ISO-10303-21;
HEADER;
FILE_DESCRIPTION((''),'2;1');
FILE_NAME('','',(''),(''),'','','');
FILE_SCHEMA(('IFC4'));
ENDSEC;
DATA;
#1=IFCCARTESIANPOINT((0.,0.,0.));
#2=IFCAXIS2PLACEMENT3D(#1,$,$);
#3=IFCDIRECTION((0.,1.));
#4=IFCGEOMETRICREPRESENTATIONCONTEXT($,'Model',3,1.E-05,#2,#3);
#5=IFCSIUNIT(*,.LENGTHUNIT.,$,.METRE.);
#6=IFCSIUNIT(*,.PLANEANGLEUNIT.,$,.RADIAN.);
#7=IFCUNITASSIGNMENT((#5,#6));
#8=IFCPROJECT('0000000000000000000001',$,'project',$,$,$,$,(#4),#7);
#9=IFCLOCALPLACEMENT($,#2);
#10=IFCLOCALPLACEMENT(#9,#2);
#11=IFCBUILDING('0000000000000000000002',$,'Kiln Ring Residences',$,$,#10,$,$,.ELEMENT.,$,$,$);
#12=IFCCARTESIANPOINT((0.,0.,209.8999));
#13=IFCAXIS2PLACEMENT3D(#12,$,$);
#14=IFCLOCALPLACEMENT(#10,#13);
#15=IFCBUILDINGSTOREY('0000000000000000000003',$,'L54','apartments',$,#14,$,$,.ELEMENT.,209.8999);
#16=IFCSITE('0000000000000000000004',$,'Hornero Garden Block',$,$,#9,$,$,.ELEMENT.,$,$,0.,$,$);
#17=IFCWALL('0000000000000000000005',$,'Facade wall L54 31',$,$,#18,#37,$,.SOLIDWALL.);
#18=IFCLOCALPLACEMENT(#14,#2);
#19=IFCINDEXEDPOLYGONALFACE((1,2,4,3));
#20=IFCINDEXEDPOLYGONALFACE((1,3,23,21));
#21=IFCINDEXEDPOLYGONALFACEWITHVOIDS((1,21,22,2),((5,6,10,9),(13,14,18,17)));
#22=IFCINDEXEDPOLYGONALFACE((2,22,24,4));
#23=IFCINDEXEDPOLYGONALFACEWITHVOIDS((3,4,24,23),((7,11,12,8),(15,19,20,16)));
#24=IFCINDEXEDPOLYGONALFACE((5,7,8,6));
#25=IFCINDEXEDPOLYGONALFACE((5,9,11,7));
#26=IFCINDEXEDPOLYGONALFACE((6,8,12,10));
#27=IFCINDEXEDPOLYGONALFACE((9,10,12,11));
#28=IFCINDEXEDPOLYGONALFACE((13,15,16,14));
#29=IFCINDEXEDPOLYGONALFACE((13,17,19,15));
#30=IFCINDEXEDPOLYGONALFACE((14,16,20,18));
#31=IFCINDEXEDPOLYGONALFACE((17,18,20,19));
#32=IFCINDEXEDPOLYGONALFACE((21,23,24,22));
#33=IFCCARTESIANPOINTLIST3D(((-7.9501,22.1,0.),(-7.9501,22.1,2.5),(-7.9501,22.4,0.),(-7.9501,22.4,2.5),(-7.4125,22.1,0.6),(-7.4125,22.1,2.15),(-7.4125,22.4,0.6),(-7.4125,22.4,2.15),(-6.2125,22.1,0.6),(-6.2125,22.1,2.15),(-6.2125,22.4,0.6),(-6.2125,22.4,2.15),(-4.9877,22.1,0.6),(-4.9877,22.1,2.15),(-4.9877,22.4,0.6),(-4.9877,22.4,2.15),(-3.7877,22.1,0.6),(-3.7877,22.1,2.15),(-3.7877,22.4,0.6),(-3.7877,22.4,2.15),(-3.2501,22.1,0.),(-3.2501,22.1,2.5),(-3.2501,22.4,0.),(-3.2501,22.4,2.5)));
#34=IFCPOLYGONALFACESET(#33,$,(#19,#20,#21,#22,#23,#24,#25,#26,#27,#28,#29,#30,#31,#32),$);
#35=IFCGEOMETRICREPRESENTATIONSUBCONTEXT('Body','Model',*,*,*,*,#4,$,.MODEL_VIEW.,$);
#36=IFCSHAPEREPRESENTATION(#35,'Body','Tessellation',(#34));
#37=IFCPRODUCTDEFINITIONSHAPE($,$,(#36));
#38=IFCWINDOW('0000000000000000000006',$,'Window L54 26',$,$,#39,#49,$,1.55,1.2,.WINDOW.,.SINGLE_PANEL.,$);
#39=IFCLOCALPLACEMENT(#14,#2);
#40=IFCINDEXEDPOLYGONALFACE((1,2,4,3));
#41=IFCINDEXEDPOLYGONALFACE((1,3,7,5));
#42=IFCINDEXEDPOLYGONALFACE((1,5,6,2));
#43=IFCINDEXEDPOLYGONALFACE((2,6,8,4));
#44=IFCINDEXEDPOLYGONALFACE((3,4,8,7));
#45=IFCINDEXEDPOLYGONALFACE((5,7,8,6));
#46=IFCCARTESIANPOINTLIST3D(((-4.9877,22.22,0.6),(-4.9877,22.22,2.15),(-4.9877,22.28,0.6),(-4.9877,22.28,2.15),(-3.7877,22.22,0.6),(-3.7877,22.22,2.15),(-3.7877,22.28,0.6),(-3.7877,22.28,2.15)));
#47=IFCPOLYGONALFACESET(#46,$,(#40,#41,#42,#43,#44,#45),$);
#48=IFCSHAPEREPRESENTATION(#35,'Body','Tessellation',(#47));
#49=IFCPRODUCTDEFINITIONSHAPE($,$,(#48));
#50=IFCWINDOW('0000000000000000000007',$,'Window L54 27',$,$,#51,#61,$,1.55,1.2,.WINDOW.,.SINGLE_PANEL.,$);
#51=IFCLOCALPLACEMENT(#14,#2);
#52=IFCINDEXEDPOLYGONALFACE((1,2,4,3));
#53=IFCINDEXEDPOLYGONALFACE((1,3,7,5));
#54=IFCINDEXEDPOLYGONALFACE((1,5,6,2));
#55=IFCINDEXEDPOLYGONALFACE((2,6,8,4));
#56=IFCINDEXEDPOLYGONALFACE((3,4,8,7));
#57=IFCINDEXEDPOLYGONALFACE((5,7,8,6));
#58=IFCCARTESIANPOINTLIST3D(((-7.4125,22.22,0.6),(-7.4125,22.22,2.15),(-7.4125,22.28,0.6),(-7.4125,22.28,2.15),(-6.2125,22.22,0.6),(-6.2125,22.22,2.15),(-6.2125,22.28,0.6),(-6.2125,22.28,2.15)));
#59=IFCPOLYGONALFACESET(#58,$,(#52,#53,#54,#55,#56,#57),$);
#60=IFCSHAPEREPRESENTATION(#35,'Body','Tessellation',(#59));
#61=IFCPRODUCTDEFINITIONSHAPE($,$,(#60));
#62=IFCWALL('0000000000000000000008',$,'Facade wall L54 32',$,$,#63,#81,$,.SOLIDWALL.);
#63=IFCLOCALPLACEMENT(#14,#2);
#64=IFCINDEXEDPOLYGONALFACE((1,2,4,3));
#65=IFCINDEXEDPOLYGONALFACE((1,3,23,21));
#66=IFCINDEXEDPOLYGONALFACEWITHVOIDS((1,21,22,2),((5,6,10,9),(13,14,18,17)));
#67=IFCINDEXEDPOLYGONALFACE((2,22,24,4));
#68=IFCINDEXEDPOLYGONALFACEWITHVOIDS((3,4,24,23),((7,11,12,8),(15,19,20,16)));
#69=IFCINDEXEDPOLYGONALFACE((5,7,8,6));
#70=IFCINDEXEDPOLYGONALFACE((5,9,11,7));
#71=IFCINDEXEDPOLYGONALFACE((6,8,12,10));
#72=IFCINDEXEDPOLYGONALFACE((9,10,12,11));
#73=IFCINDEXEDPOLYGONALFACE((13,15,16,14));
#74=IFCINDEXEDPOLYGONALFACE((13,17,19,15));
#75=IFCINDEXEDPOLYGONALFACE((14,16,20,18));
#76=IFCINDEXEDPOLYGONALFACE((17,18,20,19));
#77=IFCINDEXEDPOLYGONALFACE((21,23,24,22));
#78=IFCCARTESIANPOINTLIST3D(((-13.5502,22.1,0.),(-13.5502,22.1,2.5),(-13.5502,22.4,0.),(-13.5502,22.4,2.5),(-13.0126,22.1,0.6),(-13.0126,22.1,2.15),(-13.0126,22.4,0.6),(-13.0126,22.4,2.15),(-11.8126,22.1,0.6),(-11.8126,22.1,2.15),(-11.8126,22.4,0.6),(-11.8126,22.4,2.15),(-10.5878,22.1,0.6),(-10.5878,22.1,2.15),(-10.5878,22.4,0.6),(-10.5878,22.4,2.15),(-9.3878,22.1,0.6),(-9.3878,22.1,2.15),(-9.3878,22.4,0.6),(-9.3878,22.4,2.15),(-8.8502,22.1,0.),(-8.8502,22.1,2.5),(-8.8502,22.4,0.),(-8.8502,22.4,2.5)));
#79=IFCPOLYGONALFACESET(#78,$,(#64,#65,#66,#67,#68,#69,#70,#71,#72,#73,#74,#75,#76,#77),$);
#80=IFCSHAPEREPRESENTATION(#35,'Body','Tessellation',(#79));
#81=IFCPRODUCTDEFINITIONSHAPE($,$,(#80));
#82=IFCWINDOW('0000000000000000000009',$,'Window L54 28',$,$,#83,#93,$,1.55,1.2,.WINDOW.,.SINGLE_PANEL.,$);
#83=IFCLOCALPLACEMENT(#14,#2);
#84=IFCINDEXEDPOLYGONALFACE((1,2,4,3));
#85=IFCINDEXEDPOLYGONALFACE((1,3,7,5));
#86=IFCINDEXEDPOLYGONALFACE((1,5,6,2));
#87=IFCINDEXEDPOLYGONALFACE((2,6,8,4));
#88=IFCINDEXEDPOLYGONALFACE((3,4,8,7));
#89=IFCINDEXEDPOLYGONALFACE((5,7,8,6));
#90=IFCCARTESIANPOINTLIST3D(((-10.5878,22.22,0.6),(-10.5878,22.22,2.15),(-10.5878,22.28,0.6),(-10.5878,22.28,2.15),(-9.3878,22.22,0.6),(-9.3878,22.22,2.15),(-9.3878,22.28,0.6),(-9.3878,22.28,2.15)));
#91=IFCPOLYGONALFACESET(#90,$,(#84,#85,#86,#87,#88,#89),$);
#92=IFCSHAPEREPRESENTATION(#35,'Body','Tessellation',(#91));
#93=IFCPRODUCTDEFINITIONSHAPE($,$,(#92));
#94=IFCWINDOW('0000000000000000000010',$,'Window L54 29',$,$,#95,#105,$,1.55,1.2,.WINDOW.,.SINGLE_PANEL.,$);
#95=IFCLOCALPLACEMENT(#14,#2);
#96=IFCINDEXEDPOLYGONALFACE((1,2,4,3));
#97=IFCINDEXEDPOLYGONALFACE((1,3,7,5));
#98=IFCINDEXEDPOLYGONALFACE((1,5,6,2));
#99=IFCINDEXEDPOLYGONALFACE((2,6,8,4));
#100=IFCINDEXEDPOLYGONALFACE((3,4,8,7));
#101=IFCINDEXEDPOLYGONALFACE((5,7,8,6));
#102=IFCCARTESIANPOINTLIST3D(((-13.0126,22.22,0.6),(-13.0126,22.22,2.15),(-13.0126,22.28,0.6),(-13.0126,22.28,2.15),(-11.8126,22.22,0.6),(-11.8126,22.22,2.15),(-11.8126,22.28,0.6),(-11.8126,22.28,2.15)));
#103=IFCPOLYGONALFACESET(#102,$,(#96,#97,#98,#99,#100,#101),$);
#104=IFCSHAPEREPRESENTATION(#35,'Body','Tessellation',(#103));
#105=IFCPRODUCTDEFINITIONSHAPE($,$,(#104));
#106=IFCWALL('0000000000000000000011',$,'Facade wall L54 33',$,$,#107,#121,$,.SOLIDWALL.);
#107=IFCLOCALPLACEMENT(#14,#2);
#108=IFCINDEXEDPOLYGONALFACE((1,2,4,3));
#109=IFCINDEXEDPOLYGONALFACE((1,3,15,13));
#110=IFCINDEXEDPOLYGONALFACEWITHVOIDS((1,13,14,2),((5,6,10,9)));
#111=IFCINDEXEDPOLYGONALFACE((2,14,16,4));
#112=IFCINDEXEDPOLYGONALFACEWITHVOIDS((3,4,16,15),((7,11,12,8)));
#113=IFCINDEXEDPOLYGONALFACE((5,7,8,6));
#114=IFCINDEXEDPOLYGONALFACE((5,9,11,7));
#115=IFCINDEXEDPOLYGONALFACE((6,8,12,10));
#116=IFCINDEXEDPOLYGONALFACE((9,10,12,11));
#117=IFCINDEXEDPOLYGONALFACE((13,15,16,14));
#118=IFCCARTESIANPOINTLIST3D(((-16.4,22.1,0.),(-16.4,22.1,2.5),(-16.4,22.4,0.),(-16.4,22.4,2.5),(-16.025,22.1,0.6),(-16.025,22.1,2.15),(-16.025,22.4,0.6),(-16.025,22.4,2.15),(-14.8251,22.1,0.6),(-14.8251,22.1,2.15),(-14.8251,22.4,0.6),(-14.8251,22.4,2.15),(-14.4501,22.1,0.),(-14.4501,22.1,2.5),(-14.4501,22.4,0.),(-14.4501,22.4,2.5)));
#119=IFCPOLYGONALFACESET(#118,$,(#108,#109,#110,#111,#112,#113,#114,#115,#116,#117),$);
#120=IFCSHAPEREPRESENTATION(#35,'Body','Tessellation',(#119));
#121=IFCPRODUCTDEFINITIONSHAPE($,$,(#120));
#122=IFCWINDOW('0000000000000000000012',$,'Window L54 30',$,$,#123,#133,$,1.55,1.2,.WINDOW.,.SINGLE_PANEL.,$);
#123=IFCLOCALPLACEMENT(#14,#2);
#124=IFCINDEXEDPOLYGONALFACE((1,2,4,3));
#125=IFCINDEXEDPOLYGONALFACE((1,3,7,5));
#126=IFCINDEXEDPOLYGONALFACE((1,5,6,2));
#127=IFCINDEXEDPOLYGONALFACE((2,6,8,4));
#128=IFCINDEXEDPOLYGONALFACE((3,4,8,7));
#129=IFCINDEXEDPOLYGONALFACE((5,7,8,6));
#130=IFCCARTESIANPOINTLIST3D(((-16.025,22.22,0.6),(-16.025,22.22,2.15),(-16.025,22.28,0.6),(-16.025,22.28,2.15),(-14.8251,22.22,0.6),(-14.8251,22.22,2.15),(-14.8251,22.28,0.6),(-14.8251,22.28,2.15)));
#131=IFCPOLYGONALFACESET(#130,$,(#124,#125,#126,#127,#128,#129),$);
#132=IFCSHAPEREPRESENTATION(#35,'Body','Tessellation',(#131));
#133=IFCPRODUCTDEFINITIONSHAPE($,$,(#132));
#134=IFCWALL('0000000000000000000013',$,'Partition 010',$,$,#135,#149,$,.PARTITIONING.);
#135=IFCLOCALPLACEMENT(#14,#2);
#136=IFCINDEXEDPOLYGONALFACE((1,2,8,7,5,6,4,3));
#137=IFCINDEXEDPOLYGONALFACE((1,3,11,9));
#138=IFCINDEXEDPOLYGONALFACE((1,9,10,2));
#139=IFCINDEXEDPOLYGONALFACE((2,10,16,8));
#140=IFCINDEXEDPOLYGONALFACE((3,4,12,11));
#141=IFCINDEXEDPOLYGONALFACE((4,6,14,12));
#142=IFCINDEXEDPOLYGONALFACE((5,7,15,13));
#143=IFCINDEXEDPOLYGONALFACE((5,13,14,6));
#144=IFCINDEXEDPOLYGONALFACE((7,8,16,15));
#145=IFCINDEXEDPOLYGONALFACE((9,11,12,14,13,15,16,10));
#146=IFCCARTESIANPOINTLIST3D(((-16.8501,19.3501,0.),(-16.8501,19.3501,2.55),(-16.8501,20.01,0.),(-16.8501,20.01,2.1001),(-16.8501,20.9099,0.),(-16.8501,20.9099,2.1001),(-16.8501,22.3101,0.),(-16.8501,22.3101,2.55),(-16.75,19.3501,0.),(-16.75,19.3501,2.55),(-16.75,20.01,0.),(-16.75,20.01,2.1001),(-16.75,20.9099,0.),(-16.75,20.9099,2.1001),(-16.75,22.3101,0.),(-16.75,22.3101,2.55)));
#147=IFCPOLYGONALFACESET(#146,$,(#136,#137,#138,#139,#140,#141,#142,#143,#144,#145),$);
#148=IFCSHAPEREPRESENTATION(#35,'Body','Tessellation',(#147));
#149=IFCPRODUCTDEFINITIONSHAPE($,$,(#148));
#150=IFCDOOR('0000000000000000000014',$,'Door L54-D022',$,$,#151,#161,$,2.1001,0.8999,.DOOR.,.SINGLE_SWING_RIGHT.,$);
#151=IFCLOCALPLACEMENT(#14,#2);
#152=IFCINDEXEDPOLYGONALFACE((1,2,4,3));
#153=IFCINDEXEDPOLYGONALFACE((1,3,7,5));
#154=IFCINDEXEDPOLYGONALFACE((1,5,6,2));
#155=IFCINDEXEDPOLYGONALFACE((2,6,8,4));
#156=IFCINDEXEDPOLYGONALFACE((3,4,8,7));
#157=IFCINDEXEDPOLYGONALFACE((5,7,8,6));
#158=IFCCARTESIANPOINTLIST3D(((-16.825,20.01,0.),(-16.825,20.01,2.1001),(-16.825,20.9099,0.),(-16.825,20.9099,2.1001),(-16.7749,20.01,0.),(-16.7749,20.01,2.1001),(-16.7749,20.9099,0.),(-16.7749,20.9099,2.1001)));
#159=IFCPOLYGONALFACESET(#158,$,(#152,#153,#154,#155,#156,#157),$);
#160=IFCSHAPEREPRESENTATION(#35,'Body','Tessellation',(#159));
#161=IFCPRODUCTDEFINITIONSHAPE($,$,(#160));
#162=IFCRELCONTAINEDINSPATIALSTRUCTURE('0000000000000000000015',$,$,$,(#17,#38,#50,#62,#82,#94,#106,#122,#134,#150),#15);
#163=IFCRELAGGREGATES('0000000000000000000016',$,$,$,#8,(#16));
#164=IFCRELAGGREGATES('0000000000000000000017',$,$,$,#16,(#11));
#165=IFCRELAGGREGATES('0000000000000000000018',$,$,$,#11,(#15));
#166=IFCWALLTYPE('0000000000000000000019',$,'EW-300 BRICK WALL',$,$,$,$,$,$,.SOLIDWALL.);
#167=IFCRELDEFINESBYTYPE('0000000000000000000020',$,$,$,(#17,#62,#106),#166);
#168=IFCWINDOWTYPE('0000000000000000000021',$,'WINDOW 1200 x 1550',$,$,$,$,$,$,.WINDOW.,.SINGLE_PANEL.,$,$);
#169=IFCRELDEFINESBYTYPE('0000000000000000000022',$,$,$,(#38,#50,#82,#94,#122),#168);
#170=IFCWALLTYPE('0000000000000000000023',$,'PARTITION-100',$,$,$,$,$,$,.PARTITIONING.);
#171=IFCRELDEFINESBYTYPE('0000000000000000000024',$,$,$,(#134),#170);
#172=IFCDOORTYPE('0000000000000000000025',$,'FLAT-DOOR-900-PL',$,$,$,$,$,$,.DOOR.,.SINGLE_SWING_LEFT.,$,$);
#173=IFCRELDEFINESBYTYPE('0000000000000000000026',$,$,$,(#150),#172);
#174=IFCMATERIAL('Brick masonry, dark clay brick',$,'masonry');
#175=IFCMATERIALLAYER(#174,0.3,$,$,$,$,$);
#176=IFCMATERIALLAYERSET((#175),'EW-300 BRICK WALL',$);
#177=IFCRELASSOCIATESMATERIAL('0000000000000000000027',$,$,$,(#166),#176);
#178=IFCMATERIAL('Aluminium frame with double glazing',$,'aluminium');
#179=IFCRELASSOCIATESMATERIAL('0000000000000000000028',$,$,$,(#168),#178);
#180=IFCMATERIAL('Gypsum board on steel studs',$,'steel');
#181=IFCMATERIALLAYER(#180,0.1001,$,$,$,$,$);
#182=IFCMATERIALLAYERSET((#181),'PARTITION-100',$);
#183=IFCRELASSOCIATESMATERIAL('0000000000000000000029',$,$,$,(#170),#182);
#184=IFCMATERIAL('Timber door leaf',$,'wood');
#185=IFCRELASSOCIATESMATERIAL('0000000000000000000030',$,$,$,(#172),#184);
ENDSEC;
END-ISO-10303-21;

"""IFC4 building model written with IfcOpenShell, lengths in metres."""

from ifc_helpers import new_model, si_unit, direction, frame, frame_2d, origin, place, context, subcontext, project, spatial, rectangle, extrude, material, layer, layer_set, type_object, element, fill, save


model = new_model("IFC4")

# Units and contexts
model_context = context("Model", 3, precision=1e-05, world=origin(), true_north=direction((0.0, 1.0)))
body_context = subcontext(model_context, "Body", "Model", "MODEL_VIEW")
ifc_project = project(units=[si_unit("LENGTHUNIT", "METRE"), si_unit("PLANEANGLEUNIT", "RADIAN")], contexts=[model_context])

# Site, building, storey
site_placement = place(None, origin())
site = spatial("IfcSite", under=ifc_project, at=site_placement, Name="Hornero Garden Block", CompositionType="ELEMENT", RefElevation=0.0)
building_placement = place(site_placement, origin())
building = spatial("IfcBuilding", under=site, at=building_placement, Name="Kiln Ring Residences", CompositionType="ELEMENT")
storey_placement = place(building_placement, frame((0.0, 0.0, 209.8999)))
storey = spatial("IfcBuildingStorey", under=building, at=storey_placement, Name="L54", Description="apartments", CompositionType="ELEMENT", Elevation=209.8999)

# Walls, openings, windows
ifc_material_1 = material(Name="Brick masonry, dark clay brick", Category="masonry")
ifc_layer_1 = layer(ifc_material_1, 0.3)
ifc_layer_set_1 = layer_set([ifc_layer_1], Name="EW-300 BRICK WALL")
wall_type_1 = type_object("IfcWallType", Name="EW-300 BRICK WALL", PredefinedType="SOLIDWALL", material=ifc_layer_set_1)
wall_1_placement = place(storey_placement, frame((-3.25, 22.25, 0.0), z_axis=(0.0, 0.0, 1.0), x_axis=(-1.0, 0.0, 0.0)))
wall_1 = element("IfcWall", 1, at=wall_1_placement, inside=storey, type_object=wall_type_1, Name="Facade wall L54 31", PredefinedType="SOLIDWALL", context=body_context, shape_type="SweptSolid", body=[
    extrude(rectangle(XDim=4.7, YDim=0.3, at=frame_2d((2.3501, 0.0))), origin(), (0.0, 0.0, 1.0), 2.5),
])
opening_1_placement = place(wall_1_placement, frame((0.5376, 0.0, 0.6001)))
opening_1 = element("IfcOpeningElement", 2, at=opening_1_placement, cuts=wall_1, PredefinedType="OPENING", context=body_context, shape_type="SweptSolid", body=[
    extrude(rectangle(XDim=1.2, YDim=1.55, at=frame_2d((0.6001, 0.7749))), frame((0.0, 0.1599, 0.0), z_axis=(0.0, -1.0, 0.0), x_axis=(1.0, 0.0, 0.0)), (0.0, 0.0, 1.0), 0.3201),
])
opening_2_placement = place(wall_1_placement, frame((2.9624, 0.0, 0.6001)))
opening_2 = element("IfcOpeningElement", 3, at=opening_2_placement, cuts=wall_1, PredefinedType="OPENING", context=body_context, shape_type="SweptSolid", body=[
    extrude(rectangle(XDim=1.2, YDim=1.55, at=frame_2d((0.6001, 0.7749))), frame((0.0, 0.1599, 0.0), z_axis=(0.0, -1.0, 0.0), x_axis=(1.0, 0.0, 0.0)), (0.0, 0.0, 1.0), 0.3201),
])
ifc_material_2 = material(Name="Aluminium frame with double glazing", Category="aluminium")
window_type = type_object("IfcWindowType", Name="WINDOW 1200 x 1550", PartitioningType="SINGLE_PANEL", PredefinedType="WINDOW", material=ifc_material_2)
window_1_placement = place(opening_1_placement, origin())
window_1 = element("IfcWindow", 4, at=window_1_placement, inside=storey, type_object=window_type, Name="Window L54 26", OverallHeight=1.55, OverallWidth=1.2, PartitioningType="SINGLE_PANEL", PredefinedType="WINDOW", context=body_context, shape_type="SweptSolid", body=[
    extrude(rectangle(XDim=1.2, YDim=1.55, at=frame_2d((0.6001, 0.7749))), frame((0.0, 0.03, 0.0), z_axis=(0.0, -1.0, 0.0), x_axis=(1.0, 0.0, 0.0)), (0.0, 0.0, 1.0), 0.0601),
])
fill(opening_1, window_1)
window_2_placement = place(opening_2_placement, origin())
window_2 = element("IfcWindow", 5, at=window_2_placement, inside=storey, type_object=window_type, Name="Window L54 27", OverallHeight=1.55, OverallWidth=1.2, PartitioningType="SINGLE_PANEL", PredefinedType="WINDOW", context=body_context, shape_type="SweptSolid", body=[
    extrude(rectangle(XDim=1.2, YDim=1.55, at=frame_2d((0.6001, 0.7749))), frame((0.0, 0.03, 0.0), z_axis=(0.0, -1.0, 0.0), x_axis=(1.0, 0.0, 0.0)), (0.0, 0.0, 1.0), 0.0601),
])
fill(opening_2, window_2)
wall_2_placement = place(storey_placement, frame((-8.8501, 22.25, 0.0), z_axis=(0.0, 0.0, 1.0), x_axis=(-1.0, 0.0, 0.0)))
wall_2 = element("IfcWall", 6, at=wall_2_placement, inside=storey, type_object=wall_type_1, Name="Facade wall L54 32", PredefinedType="SOLIDWALL", context=body_context, shape_type="SweptSolid", body=[
    extrude(rectangle(XDim=4.7, YDim=0.3, at=frame_2d((2.3501, 0.0))), origin(), (0.0, 0.0, 1.0), 2.5),
])
opening_3_placement = place(wall_2_placement, frame((0.5376, 0.0, 0.6001)))
opening_3 = element("IfcOpeningElement", 7, at=opening_3_placement, cuts=wall_2, PredefinedType="OPENING", context=body_context, shape_type="SweptSolid", body=[
    extrude(rectangle(XDim=1.2, YDim=1.55, at=frame_2d((0.6001, 0.7749))), frame((0.0, 0.1599, 0.0), z_axis=(0.0, -1.0, 0.0), x_axis=(1.0, 0.0, 0.0)), (0.0, 0.0, 1.0), 0.3201),
])
opening_4_placement = place(wall_2_placement, frame((2.9624, 0.0, 0.6001)))
opening_4 = element("IfcOpeningElement", 8, at=opening_4_placement, cuts=wall_2, PredefinedType="OPENING", context=body_context, shape_type="SweptSolid", body=[
    extrude(rectangle(XDim=1.2, YDim=1.55, at=frame_2d((0.6001, 0.7749))), frame((0.0, 0.1599, 0.0), z_axis=(0.0, -1.0, 0.0), x_axis=(1.0, 0.0, 0.0)), (0.0, 0.0, 1.0), 0.3201),
])
window_3_placement = place(opening_3_placement, origin())
window_3 = element("IfcWindow", 9, at=window_3_placement, inside=storey, type_object=window_type, Name="Window L54 28", OverallHeight=1.55, OverallWidth=1.2, PartitioningType="SINGLE_PANEL", PredefinedType="WINDOW", context=body_context, shape_type="SweptSolid", body=[
    extrude(rectangle(XDim=1.2, YDim=1.55, at=frame_2d((0.6001, 0.7749))), frame((0.0, 0.03, 0.0), z_axis=(0.0, -1.0, 0.0), x_axis=(1.0, 0.0, 0.0)), (0.0, 0.0, 1.0), 0.0601),
])
fill(opening_3, window_3)
window_4_placement = place(opening_4_placement, origin())
window_4 = element("IfcWindow", 10, at=window_4_placement, inside=storey, type_object=window_type, Name="Window L54 29", OverallHeight=1.55, OverallWidth=1.2, PartitioningType="SINGLE_PANEL", PredefinedType="WINDOW", context=body_context, shape_type="SweptSolid", body=[
    extrude(rectangle(XDim=1.2, YDim=1.55, at=frame_2d((0.6001, 0.7749))), frame((0.0, 0.03, 0.0), z_axis=(0.0, -1.0, 0.0), x_axis=(1.0, 0.0, 0.0)), (0.0, 0.0, 1.0), 0.0601),
])
fill(opening_4, window_4)

# Wall, opening, window
wall_3_placement = place(storey_placement, frame((-14.45, 22.25, 0.0), z_axis=(0.0, 0.0, 1.0), x_axis=(-1.0, 0.0, 0.0)))
wall_3 = element("IfcWall", 11, at=wall_3_placement, inside=storey, type_object=wall_type_1, Name="Facade wall L54 33", PredefinedType="SOLIDWALL", context=body_context, shape_type="SweptSolid", body=[
    extrude(rectangle(XDim=1.95, YDim=0.3, at=frame_2d((0.9751, 0.0))), origin(), (0.0, 0.0, 1.0), 2.5),
])
opening_5_placement = place(wall_3_placement, frame((0.375, 0.0, 0.6001)))
opening_5 = element("IfcOpeningElement", 12, at=opening_5_placement, cuts=wall_3, PredefinedType="OPENING", context=body_context, shape_type="SweptSolid", body=[
    extrude(rectangle(XDim=1.2, YDim=1.55, at=frame_2d((0.6001, 0.7749))), frame((0.0, 0.1599, 0.0), z_axis=(0.0, -1.0, 0.0), x_axis=(1.0, 0.0, 0.0)), (0.0, 0.0, 1.0), 0.3201),
])
window_5_placement = place(opening_5_placement, origin())
window_5 = element("IfcWindow", 13, at=window_5_placement, inside=storey, type_object=window_type, Name="Window L54 30", OverallHeight=1.55, OverallWidth=1.2, PartitioningType="SINGLE_PANEL", PredefinedType="WINDOW", context=body_context, shape_type="SweptSolid", body=[
    extrude(rectangle(XDim=1.2, YDim=1.55, at=frame_2d((0.6001, 0.7749))), frame((0.0, 0.03, 0.0), z_axis=(0.0, -1.0, 0.0), x_axis=(1.0, 0.0, 0.0)), (0.0, 0.0, 1.0), 0.0601),
])
fill(opening_5, window_5)

# Wall, opening, door
ifc_material_3 = material(Name="Gypsum board on steel studs", Category="steel")
ifc_layer_2 = layer(ifc_material_3, 0.1001)
ifc_layer_set_2 = layer_set([ifc_layer_2], Name="PARTITION-100")
wall_type_2 = type_object("IfcWallType", Name="PARTITION-100", PredefinedType="PARTITIONING", material=ifc_layer_set_2)
wall_4_placement = place(storey_placement, frame((-16.8, 19.3501, 0.0), z_axis=(0.0, 0.0, 1.0), x_axis=(0.0, 1.0, 0.0)))
wall_4 = element("IfcWall", 14, at=wall_4_placement, inside=storey, type_object=wall_type_2, Name="Partition 010", PredefinedType="PARTITIONING", context=body_context, shape_type="SweptSolid", body=[
    extrude(rectangle(XDim=2.96, YDim=0.1001, at=frame_2d((1.48, 0.0))), origin(), (0.0, 0.0, 1.0), 2.55),
])
opening_6_placement = place(wall_4_placement, frame((0.6599, 0.0, 0.0)))
opening_6 = element("IfcOpeningElement", 15, at=opening_6_placement, cuts=wall_4, PredefinedType="OPENING", context=body_context, shape_type="SweptSolid", body=[
    extrude(rectangle(XDim=0.8999, YDim=2.1001, at=frame_2d((0.45, 1.05))), frame((0.0, 0.0601, 0.0), z_axis=(0.0, -1.0, 0.0), x_axis=(1.0, 0.0, 0.0)), (0.0, 0.0, 1.0), 0.1201),
])
ifc_material_4 = material(Name="Timber door leaf", Category="wood")
door_type = type_object("IfcDoorType", Name="FLAT-DOOR-900-PL", OperationType="SINGLE_SWING_LEFT", PredefinedType="DOOR", material=ifc_material_4)
door_1_placement = place(opening_6_placement, origin())
door_1 = element("IfcDoor", 16, at=door_1_placement, inside=storey, type_object=door_type, Name="Door L54-D022", OperationType="SINGLE_SWING_RIGHT", OverallHeight=2.1001, OverallWidth=0.8999, PredefinedType="DOOR", context=body_context, shape_type="SweptSolid", body=[
    extrude(rectangle(XDim=0.8999, YDim=2.1001, at=frame_2d((0.45, 1.05))), frame((0.0, 0.0249, 0.0), z_axis=(0.0, -1.0, 0.0), x_axis=(1.0, 0.0, 0.0)), (0.0, 0.0, 1.0), 0.05),
])
fill(opening_6, door_1)

save(model, "model.ifc")
